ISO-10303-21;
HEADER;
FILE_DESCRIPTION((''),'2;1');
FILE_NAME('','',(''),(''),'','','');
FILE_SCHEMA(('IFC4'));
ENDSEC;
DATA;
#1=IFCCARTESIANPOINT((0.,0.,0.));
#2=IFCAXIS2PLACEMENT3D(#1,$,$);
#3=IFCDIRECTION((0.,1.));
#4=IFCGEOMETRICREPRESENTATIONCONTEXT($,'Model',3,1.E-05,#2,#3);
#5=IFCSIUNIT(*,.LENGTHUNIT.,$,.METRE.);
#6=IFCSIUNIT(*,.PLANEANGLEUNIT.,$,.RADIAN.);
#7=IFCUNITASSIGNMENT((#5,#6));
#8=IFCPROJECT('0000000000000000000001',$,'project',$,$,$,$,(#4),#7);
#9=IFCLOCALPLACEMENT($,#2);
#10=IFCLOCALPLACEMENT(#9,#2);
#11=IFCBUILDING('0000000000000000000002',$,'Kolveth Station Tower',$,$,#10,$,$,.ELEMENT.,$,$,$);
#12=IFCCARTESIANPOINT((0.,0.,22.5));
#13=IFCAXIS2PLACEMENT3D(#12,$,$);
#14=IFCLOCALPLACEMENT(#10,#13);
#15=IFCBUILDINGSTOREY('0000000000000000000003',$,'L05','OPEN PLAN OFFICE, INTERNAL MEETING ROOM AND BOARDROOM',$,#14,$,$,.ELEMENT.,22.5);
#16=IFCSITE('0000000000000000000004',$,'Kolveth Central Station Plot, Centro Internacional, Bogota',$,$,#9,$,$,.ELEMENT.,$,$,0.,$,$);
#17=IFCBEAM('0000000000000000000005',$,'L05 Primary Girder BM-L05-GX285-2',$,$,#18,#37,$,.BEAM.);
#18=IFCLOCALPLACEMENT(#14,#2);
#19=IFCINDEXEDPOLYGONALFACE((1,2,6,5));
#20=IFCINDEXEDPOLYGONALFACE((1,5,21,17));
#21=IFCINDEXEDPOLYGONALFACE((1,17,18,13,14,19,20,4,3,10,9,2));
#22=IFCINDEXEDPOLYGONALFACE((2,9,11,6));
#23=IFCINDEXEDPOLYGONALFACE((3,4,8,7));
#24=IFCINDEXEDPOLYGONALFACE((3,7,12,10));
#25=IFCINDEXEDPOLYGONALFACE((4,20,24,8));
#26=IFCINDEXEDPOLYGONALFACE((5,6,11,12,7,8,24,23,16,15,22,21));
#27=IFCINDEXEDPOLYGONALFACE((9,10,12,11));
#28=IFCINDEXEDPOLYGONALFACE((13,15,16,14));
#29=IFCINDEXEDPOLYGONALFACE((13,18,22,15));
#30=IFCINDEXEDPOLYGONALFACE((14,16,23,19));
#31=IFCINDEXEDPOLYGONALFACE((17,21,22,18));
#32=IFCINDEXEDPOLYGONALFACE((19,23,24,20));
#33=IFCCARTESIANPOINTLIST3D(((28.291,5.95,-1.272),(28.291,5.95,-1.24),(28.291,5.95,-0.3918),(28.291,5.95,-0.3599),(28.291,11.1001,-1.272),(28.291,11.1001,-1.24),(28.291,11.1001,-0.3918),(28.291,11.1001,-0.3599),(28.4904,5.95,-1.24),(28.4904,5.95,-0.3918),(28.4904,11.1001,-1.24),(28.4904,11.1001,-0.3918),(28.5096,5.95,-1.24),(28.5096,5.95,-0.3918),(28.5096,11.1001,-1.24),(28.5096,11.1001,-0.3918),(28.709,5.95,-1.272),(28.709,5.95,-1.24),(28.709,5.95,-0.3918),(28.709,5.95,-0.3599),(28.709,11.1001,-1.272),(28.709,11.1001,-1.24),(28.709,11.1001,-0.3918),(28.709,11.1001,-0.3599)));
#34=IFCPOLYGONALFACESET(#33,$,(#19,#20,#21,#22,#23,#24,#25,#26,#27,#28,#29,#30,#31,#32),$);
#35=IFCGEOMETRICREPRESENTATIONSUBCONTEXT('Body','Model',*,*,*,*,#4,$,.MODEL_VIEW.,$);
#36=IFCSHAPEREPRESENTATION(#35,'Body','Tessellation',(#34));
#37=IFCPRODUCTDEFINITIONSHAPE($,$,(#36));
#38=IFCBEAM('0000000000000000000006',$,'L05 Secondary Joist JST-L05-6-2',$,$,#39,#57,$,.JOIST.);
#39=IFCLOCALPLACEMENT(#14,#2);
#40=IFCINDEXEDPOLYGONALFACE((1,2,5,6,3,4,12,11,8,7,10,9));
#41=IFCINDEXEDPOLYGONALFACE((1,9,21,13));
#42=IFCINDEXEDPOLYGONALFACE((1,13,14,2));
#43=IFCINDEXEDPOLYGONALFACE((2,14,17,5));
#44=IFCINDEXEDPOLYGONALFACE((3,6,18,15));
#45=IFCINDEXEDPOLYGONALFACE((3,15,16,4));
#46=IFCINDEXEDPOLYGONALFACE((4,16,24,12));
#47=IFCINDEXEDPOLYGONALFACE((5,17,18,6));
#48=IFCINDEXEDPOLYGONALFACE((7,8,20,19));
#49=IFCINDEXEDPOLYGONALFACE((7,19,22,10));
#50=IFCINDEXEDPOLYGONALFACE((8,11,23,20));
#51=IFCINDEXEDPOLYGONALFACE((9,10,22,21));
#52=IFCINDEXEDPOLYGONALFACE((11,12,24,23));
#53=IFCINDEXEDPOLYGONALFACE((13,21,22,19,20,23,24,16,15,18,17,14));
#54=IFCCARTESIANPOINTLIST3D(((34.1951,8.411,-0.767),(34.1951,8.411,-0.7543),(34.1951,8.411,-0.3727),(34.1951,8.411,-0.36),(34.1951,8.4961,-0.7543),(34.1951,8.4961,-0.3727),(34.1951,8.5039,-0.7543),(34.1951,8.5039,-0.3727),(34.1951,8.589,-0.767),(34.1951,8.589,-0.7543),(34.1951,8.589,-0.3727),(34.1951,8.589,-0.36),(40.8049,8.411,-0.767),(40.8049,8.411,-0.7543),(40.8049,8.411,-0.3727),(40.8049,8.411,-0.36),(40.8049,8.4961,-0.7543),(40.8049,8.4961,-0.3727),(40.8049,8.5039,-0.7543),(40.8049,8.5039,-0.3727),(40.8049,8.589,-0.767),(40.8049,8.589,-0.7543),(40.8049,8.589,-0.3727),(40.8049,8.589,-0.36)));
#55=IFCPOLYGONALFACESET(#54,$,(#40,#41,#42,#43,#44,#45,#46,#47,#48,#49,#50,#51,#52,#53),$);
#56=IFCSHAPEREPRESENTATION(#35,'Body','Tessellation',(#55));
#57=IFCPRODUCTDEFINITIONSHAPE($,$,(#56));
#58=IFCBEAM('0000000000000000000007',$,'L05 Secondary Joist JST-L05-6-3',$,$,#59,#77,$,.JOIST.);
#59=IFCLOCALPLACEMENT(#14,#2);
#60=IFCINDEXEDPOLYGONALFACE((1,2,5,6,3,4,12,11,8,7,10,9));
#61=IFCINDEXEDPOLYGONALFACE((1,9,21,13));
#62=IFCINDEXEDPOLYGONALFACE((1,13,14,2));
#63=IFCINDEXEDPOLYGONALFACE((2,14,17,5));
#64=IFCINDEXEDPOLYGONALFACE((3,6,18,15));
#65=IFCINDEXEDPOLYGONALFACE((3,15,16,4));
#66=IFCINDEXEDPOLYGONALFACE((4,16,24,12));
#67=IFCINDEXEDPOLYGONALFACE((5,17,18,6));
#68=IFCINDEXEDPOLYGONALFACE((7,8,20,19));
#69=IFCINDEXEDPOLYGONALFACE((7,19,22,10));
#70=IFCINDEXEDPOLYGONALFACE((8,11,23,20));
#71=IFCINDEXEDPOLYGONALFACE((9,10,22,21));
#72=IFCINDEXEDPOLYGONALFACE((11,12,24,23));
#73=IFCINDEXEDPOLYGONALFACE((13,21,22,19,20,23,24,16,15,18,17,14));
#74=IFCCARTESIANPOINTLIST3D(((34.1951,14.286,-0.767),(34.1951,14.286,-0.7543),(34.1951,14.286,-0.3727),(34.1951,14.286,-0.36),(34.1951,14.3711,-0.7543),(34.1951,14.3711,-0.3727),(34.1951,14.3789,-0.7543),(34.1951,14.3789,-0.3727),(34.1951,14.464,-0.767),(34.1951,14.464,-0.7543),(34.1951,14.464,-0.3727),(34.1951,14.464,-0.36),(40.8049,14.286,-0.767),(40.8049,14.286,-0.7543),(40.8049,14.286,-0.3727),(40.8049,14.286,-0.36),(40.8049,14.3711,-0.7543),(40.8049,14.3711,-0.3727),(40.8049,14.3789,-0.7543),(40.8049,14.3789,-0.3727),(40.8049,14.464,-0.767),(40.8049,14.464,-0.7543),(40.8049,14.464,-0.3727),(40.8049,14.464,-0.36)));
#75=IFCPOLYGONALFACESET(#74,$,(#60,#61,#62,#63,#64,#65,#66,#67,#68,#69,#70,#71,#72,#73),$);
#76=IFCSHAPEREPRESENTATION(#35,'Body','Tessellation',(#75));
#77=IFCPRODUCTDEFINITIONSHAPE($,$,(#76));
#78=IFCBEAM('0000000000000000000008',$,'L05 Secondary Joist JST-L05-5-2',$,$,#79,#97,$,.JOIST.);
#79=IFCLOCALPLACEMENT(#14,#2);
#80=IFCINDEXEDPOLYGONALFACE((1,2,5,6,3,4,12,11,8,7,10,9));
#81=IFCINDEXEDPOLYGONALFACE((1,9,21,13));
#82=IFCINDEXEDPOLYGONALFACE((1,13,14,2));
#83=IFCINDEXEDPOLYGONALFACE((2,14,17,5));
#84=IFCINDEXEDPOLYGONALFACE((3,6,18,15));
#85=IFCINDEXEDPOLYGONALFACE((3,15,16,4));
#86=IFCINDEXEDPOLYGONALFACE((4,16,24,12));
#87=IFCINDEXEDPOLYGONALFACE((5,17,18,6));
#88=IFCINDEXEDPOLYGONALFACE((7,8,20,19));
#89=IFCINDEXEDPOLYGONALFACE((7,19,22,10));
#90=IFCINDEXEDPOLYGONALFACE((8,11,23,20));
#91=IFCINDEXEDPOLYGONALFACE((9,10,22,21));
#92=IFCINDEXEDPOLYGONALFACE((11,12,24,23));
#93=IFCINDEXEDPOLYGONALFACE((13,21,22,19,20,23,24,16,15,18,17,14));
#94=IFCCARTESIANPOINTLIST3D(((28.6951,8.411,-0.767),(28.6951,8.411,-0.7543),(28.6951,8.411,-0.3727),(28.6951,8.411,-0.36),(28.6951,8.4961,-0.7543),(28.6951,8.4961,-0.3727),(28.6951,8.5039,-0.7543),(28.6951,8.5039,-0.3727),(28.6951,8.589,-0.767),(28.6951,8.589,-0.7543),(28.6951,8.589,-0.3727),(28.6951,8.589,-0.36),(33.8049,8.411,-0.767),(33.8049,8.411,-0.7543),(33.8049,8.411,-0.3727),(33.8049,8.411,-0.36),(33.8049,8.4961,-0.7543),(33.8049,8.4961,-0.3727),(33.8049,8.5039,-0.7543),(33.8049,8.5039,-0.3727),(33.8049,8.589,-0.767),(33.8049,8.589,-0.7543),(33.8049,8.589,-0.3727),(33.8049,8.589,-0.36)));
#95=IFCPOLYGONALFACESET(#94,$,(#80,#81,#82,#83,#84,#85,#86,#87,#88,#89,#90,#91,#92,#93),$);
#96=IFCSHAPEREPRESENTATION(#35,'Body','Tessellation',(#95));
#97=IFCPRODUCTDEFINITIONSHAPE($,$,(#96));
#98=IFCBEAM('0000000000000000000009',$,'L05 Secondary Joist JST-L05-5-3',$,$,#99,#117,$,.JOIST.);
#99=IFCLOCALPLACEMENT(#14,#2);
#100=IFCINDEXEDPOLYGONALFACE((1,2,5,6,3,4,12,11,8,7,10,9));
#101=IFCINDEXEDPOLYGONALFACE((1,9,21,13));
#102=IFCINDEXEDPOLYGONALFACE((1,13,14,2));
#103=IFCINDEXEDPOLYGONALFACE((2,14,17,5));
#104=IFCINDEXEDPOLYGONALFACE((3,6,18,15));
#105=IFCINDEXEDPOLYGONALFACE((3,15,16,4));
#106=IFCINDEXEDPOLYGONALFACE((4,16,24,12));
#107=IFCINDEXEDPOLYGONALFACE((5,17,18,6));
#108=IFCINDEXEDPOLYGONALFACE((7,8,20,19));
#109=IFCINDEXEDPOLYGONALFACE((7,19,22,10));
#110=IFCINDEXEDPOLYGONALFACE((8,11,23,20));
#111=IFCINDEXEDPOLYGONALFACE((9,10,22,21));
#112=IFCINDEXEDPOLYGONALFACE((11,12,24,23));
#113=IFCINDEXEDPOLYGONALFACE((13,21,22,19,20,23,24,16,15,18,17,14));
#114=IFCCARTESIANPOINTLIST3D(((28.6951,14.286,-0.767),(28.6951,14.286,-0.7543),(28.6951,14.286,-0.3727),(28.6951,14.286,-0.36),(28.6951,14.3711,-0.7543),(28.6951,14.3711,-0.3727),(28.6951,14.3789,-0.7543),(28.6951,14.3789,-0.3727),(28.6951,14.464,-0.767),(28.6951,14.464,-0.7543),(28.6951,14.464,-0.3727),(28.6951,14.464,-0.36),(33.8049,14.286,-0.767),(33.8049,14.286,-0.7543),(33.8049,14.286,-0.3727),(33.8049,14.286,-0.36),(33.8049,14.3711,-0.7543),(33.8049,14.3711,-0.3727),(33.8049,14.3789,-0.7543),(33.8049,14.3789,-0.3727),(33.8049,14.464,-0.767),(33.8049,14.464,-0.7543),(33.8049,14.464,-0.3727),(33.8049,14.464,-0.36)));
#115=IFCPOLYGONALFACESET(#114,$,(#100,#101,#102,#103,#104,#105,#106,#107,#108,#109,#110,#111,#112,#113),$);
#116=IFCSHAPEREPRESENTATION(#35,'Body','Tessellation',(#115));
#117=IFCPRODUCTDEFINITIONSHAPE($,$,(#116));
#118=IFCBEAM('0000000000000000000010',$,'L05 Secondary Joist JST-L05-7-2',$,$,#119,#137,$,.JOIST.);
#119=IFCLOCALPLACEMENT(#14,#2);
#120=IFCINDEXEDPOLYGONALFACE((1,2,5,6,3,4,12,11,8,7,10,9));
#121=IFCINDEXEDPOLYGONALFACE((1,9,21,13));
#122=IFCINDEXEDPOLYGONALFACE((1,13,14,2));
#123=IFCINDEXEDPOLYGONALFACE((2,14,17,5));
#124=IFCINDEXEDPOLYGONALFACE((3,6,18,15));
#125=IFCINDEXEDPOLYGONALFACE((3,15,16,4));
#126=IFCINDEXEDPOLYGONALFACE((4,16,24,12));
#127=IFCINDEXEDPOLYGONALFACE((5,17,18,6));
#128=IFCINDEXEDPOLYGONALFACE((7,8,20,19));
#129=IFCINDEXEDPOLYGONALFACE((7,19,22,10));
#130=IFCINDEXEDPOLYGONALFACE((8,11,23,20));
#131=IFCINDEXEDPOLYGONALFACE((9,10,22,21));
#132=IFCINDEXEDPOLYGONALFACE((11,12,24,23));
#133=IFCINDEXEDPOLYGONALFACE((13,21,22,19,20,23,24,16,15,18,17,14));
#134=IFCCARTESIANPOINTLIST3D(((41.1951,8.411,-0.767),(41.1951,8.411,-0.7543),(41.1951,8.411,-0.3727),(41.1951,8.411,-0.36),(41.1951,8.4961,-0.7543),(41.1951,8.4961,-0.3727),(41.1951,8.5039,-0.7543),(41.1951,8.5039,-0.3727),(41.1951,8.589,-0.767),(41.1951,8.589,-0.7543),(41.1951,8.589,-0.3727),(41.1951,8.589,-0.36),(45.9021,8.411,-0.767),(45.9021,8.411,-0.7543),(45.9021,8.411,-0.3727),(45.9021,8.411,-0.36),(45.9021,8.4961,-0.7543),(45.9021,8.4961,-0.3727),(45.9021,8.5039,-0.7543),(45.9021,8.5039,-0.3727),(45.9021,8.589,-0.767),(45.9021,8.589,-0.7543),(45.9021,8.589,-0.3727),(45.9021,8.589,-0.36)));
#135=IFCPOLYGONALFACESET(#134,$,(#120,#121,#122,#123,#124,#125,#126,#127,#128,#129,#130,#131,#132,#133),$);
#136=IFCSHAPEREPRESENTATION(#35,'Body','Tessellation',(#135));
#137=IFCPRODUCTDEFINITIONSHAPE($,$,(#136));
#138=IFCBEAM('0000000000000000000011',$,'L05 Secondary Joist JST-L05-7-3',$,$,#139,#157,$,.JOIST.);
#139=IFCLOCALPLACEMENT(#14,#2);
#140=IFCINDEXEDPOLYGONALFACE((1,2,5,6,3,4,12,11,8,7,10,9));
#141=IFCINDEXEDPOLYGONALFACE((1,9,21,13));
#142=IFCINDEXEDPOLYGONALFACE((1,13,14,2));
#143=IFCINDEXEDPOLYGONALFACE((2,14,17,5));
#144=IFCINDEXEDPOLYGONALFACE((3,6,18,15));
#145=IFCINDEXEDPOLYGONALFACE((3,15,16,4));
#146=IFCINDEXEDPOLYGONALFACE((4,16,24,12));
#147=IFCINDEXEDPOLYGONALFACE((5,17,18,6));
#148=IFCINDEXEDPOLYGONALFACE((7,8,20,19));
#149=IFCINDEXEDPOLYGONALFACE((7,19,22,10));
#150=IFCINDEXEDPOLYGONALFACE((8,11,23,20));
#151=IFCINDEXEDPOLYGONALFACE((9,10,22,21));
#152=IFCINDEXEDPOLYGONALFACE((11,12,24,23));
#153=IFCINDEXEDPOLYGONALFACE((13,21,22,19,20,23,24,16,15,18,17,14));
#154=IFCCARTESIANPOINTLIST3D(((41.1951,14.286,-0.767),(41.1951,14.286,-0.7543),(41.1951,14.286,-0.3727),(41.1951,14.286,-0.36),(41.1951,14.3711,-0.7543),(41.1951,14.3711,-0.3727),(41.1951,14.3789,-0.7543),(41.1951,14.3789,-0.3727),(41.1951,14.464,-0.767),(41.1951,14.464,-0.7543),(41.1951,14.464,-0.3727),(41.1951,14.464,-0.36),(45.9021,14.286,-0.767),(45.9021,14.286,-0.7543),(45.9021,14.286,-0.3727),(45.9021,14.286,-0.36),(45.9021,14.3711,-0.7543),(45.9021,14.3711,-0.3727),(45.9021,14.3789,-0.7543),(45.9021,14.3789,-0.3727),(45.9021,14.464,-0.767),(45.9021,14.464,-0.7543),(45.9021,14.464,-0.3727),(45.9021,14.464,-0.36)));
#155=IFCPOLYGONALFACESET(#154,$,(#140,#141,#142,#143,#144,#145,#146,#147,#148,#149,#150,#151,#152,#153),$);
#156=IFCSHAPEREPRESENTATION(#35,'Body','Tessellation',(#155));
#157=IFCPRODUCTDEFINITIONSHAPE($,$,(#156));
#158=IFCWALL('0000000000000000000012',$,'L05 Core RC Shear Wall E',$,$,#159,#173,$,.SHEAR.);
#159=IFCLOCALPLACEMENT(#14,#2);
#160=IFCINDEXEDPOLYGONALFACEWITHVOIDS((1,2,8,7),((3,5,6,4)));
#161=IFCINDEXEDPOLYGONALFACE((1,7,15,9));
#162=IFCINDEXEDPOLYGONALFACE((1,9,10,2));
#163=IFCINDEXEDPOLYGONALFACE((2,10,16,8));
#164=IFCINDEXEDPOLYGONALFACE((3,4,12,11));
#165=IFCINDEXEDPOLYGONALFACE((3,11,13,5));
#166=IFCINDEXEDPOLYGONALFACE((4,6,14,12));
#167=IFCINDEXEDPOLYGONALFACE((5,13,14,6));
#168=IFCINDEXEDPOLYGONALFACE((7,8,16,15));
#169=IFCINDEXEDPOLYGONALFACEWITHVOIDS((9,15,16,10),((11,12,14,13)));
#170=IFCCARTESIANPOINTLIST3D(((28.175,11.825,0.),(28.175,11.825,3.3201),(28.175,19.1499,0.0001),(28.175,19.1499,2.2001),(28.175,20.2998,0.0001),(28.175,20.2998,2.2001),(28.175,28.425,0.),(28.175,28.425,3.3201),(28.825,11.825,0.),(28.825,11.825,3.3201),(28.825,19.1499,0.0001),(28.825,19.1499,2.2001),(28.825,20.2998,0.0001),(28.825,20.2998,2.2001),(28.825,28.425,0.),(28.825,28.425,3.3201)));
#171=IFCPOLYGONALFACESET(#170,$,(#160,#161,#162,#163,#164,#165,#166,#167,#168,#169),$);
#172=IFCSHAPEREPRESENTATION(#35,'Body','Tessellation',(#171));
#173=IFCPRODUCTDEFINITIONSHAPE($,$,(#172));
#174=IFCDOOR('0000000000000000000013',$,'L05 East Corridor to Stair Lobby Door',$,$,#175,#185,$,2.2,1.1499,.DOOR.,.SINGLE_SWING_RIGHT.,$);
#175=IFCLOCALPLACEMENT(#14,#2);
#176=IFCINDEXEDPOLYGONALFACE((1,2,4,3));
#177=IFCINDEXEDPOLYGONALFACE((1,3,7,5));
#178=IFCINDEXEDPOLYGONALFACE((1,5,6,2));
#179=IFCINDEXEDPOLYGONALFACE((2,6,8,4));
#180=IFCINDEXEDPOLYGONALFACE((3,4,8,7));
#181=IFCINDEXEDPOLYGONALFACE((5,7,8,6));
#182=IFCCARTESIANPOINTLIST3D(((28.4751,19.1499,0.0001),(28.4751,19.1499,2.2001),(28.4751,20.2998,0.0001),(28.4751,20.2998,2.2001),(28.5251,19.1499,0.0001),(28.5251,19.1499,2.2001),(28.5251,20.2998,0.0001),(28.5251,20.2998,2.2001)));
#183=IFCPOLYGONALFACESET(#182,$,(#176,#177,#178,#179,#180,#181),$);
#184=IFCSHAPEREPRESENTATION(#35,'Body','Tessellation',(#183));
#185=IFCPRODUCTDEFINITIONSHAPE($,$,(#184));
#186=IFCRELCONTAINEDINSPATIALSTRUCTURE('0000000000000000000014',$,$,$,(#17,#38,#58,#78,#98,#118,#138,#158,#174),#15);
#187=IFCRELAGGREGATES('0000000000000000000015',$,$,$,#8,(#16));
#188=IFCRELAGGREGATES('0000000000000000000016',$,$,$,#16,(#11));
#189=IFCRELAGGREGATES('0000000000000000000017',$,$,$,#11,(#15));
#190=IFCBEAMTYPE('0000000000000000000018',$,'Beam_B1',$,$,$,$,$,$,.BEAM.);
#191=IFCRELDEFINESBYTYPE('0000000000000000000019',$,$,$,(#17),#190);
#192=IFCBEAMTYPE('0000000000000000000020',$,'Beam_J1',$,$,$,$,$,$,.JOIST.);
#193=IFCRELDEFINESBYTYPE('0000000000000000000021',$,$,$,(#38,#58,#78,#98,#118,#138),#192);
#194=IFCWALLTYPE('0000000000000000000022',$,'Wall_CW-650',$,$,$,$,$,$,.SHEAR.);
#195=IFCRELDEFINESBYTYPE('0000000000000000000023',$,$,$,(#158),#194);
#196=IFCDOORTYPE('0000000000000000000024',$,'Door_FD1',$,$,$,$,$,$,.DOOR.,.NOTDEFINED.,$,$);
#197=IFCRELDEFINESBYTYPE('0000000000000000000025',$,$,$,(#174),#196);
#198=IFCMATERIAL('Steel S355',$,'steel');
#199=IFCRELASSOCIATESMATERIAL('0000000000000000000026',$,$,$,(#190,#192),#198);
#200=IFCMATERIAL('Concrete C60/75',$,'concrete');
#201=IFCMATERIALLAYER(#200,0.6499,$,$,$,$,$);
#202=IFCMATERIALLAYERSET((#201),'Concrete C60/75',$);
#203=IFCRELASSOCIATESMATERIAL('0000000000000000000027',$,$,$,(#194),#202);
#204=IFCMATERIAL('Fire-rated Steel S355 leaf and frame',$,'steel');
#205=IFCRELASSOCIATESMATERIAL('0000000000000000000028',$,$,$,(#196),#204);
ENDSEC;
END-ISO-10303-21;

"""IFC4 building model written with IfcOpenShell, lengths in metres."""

from ifc_helpers import new_model, si_unit, direction, frame, frame_2d, origin, origin_2d, place, context, subcontext, project, spatial, rectangle, i_section, extrude, source, transform, mapped, material, layer, layer_set, material_profile, profile_set, type_object, element, fill, save


model = new_model("IFC4")

# Units and contexts
model_context = context("Model", 3, precision=1e-05, world=origin(), true_north=direction((0.0, 1.0)))
body_context = subcontext(model_context, "Body", "Model", "MODEL_VIEW")
ifc_project = project(units=[si_unit("LENGTHUNIT", "METRE"), si_unit("PLANEANGLEUNIT", "RADIAN")], contexts=[model_context])

# Site, building, storey
site_placement = place(None, origin())
site = spatial("IfcSite", under=ifc_project, at=site_placement, Name="Kolveth Central Station Plot, Centro Internacional, Bogota", CompositionType="ELEMENT", RefElevation=0.0)
building_placement = place(site_placement, origin())
building = spatial("IfcBuilding", under=site, at=building_placement, Name="Kolveth Station Tower", CompositionType="ELEMENT")
storey_placement = place(building_placement, frame((0.0, 0.0, 22.5)))
storey = spatial("IfcBuildingStorey", under=building, at=storey_placement, Name="L05", Description="OPEN PLAN OFFICE, INTERNAL MEETING ROOM AND BOARDROOM", CompositionType="ELEMENT", Elevation=22.5)

# Beams
ifc_material_1 = material(Name="Steel S355", Category="steel")
ifc_material_profile_1 = material_profile(ifc_material_1, i_section(OverallWidth=0.418, OverallDepth=0.9121, WebThickness=0.0193, FlangeThickness=0.032, at=origin_2d()), Name="W920x342")
ifc_profile_set_1 = profile_set([ifc_material_profile_1], Name="Steel S355")
beam_type_1 = type_object("IfcBeamType", Name="Beam_B1", PredefinedType="BEAM", material=ifc_profile_set_1)
shared_shape_1 = source(origin(), body_context, "Body", "SweptSolid", [
    extrude(i_section(OverallWidth=0.418, OverallDepth=0.9121, WebThickness=0.0193, FlangeThickness=0.032, at=origin_2d()), origin(), (0.0, 0.0, 1.0), 5.1501),
])
beam_placement = place(storey_placement, frame((28.5, 5.95, -0.8159), z_axis=(0.0, 1.0, 0.0), x_axis=(-1.0, 0.0, 0.0)))
element("IfcBeam", 1, at=beam_placement, inside=storey, type_object=beam_type_1, Name="L05 Primary Girder BM-L05-GX285-2", PredefinedType="BEAM", context=body_context, shape_type="MappedRepresentation", body=[
    mapped(shared_shape_1, transform((0.0, 0.0, 0.0), x_axis=(1.0, 0.0, 0.0), y_axis=(0.0, 1.0, 0.0), z_axis=(0.0, 0.0, 1.0), scale=1.0)),
])
ifc_material_profile_2 = material_profile(ifc_material_1, i_section(OverallWidth=0.178, OverallDepth=0.407, WebThickness=0.0078, FlangeThickness=0.0127, at=origin_2d()), Name="W410x60")
ifc_profile_set_2 = profile_set([ifc_material_profile_2], Name="Steel S355")
beam_type_2 = type_object("IfcBeamType", Name="Beam_J1", PredefinedType="JOIST", material=ifc_profile_set_2)
shared_shape_2 = source(origin(), body_context, "Body", "SweptSolid", [
    extrude(i_section(OverallWidth=0.178, OverallDepth=0.407, WebThickness=0.0078, FlangeThickness=0.0127, at=origin_2d()), origin(), (0.0, 0.0, 1.0), 6.6099),
])
for number, where, z_axis, x_axis, name in (
    (2, (34.1951, 8.5, -0.5635), (1.0, 0.0, 0.0), (0.0, 1.0, 0.0), "L05 Secondary Joist JST-L05-6-2"),
    (3, (34.1951, 14.375, -0.5635), (1.0, 0.0, 0.0), (0.0, 1.0, 0.0), "L05 Secondary Joist JST-L05-6-3"),
):
    element("IfcBeam", number, at=place(storey_placement, frame(where, z_axis=z_axis, x_axis=x_axis)), inside=storey, type_object=beam_type_2, Name=name, PredefinedType="JOIST", context=body_context, shape_type="MappedRepresentation", body=[
        mapped(shared_shape_2, transform((0.0, 0.0, 0.0), x_axis=(1.0, 0.0, 0.0), y_axis=(0.0, 1.0, 0.0), z_axis=(0.0, 0.0, 1.0), scale=1.0)),
    ])
shared_shape_3 = source(origin(), body_context, "Body", "SweptSolid", [
    extrude(i_section(OverallWidth=0.178, OverallDepth=0.407, WebThickness=0.0078, FlangeThickness=0.0127, at=origin_2d()), origin(), (0.0, 0.0, 1.0), 5.1099),
])
for number, where, z_axis, x_axis, name in (
    (4, (28.6951, 8.5, -0.5635), (1.0, 0.0, 0.0), (0.0, 1.0, 0.0), "L05 Secondary Joist JST-L05-5-2"),
    (5, (28.6951, 14.375, -0.5635), (1.0, 0.0, 0.0), (0.0, 1.0, 0.0), "L05 Secondary Joist JST-L05-5-3"),
):
    element("IfcBeam", number, at=place(storey_placement, frame(where, z_axis=z_axis, x_axis=x_axis)), inside=storey, type_object=beam_type_2, Name=name, PredefinedType="JOIST", context=body_context, shape_type="MappedRepresentation", body=[
        mapped(shared_shape_3, transform((0.0, 0.0, 0.0), x_axis=(1.0, 0.0, 0.0), y_axis=(0.0, 1.0, 0.0), z_axis=(0.0, 0.0, 1.0), scale=1.0)),
    ])
shared_shape_4 = source(origin(), body_context, "Body", "SweptSolid", [
    extrude(i_section(OverallWidth=0.178, OverallDepth=0.407, WebThickness=0.0078, FlangeThickness=0.0127, at=origin_2d()), origin(), (0.0, 0.0, 1.0), 4.707),
])
for number, where, z_axis, x_axis, name in (
    (6, (41.1951, 8.5, -0.5635), (1.0, 0.0, 0.0), (0.0, 1.0, 0.0), "L05 Secondary Joist JST-L05-7-2"),
    (7, (41.1951, 14.375, -0.5635), (1.0, 0.0, 0.0), (0.0, 1.0, 0.0), "L05 Secondary Joist JST-L05-7-3"),
):
    element("IfcBeam", number, at=place(storey_placement, frame(where, z_axis=z_axis, x_axis=x_axis)), inside=storey, type_object=beam_type_2, Name=name, PredefinedType="JOIST", context=body_context, shape_type="MappedRepresentation", body=[
        mapped(shared_shape_4, transform((0.0, 0.0, 0.0), x_axis=(1.0, 0.0, 0.0), y_axis=(0.0, 1.0, 0.0), z_axis=(0.0, 0.0, 1.0), scale=1.0)),
    ])

# Wall, opening, door
ifc_material_2 = material(Name="Concrete C60/75", Category="concrete")
ifc_layer_1 = layer(ifc_material_2, 0.6499)
ifc_layer_set_1 = layer_set([ifc_layer_1], Name="Concrete C60/75")
wall_type_1 = type_object("IfcWallType", Name="Wall_CW-650", PredefinedType="SHEAR", material=ifc_layer_set_1)
wall_1_placement = place(storey_placement, frame((28.5, 11.825, 0.0), z_axis=(0.0, 0.0, 1.0), x_axis=(0.0, 1.0, 0.0)))
wall_1 = element("IfcWall", 8, at=wall_1_placement, inside=storey, type_object=wall_type_1, Name="L05 Core RC Shear Wall E", PredefinedType="SHEAR", context=body_context, shape_type="SweptSolid", body=[
    extrude(rectangle(XDim=16.6001, YDim=0.6499, at=frame_2d((8.3, 0.0))), origin(), (0.0, 0.0, 1.0), 3.3201),
])
opening_1_placement = place(wall_1_placement, frame((7.325, 0.0, 0.0)))
opening_1 = element("IfcOpeningElement", 9, at=opening_1_placement, cuts=wall_1, PredefinedType="OPENING", context=body_context, shape_type="SweptSolid", body=[
    extrude(rectangle(XDim=1.1499, YDim=2.2, at=frame_2d((0.575, 1.1001))), frame((0.0, 0.335, 0.0), z_axis=(0.0, -1.0, 0.0), x_axis=(1.0, 0.0, 0.0)), (0.0, 0.0, 1.0), 0.6699),
])
ifc_material_3 = material(Name="Fire-rated Steel S355 leaf and frame", Category="steel")
door_type_1 = type_object("IfcDoorType", Name="Door_FD1", OperationType="NOTDEFINED", PredefinedType="DOOR", material=ifc_material_3)
door_1_placement = place(opening_1_placement, origin())
door_1 = element("IfcDoor", 10, at=door_1_placement, inside=storey, type_object=door_type_1, Name="L05 East Corridor to Stair Lobby Door", OperationType="SINGLE_SWING_RIGHT", OverallHeight=2.2, OverallWidth=1.1499, PredefinedType="DOOR", context=body_context, shape_type="SweptSolid", body=[
    extrude(rectangle(XDim=1.1499, YDim=2.2, at=frame_2d((0.575, 1.1001))), frame((0.0, 0.0249, 0.0), z_axis=(0.0, -1.0, 0.0), x_axis=(1.0, 0.0, 0.0)), (0.0, 0.0, 1.0), 0.05),
])
fill(opening_1, door_1)

save(model, "model.ifc")
